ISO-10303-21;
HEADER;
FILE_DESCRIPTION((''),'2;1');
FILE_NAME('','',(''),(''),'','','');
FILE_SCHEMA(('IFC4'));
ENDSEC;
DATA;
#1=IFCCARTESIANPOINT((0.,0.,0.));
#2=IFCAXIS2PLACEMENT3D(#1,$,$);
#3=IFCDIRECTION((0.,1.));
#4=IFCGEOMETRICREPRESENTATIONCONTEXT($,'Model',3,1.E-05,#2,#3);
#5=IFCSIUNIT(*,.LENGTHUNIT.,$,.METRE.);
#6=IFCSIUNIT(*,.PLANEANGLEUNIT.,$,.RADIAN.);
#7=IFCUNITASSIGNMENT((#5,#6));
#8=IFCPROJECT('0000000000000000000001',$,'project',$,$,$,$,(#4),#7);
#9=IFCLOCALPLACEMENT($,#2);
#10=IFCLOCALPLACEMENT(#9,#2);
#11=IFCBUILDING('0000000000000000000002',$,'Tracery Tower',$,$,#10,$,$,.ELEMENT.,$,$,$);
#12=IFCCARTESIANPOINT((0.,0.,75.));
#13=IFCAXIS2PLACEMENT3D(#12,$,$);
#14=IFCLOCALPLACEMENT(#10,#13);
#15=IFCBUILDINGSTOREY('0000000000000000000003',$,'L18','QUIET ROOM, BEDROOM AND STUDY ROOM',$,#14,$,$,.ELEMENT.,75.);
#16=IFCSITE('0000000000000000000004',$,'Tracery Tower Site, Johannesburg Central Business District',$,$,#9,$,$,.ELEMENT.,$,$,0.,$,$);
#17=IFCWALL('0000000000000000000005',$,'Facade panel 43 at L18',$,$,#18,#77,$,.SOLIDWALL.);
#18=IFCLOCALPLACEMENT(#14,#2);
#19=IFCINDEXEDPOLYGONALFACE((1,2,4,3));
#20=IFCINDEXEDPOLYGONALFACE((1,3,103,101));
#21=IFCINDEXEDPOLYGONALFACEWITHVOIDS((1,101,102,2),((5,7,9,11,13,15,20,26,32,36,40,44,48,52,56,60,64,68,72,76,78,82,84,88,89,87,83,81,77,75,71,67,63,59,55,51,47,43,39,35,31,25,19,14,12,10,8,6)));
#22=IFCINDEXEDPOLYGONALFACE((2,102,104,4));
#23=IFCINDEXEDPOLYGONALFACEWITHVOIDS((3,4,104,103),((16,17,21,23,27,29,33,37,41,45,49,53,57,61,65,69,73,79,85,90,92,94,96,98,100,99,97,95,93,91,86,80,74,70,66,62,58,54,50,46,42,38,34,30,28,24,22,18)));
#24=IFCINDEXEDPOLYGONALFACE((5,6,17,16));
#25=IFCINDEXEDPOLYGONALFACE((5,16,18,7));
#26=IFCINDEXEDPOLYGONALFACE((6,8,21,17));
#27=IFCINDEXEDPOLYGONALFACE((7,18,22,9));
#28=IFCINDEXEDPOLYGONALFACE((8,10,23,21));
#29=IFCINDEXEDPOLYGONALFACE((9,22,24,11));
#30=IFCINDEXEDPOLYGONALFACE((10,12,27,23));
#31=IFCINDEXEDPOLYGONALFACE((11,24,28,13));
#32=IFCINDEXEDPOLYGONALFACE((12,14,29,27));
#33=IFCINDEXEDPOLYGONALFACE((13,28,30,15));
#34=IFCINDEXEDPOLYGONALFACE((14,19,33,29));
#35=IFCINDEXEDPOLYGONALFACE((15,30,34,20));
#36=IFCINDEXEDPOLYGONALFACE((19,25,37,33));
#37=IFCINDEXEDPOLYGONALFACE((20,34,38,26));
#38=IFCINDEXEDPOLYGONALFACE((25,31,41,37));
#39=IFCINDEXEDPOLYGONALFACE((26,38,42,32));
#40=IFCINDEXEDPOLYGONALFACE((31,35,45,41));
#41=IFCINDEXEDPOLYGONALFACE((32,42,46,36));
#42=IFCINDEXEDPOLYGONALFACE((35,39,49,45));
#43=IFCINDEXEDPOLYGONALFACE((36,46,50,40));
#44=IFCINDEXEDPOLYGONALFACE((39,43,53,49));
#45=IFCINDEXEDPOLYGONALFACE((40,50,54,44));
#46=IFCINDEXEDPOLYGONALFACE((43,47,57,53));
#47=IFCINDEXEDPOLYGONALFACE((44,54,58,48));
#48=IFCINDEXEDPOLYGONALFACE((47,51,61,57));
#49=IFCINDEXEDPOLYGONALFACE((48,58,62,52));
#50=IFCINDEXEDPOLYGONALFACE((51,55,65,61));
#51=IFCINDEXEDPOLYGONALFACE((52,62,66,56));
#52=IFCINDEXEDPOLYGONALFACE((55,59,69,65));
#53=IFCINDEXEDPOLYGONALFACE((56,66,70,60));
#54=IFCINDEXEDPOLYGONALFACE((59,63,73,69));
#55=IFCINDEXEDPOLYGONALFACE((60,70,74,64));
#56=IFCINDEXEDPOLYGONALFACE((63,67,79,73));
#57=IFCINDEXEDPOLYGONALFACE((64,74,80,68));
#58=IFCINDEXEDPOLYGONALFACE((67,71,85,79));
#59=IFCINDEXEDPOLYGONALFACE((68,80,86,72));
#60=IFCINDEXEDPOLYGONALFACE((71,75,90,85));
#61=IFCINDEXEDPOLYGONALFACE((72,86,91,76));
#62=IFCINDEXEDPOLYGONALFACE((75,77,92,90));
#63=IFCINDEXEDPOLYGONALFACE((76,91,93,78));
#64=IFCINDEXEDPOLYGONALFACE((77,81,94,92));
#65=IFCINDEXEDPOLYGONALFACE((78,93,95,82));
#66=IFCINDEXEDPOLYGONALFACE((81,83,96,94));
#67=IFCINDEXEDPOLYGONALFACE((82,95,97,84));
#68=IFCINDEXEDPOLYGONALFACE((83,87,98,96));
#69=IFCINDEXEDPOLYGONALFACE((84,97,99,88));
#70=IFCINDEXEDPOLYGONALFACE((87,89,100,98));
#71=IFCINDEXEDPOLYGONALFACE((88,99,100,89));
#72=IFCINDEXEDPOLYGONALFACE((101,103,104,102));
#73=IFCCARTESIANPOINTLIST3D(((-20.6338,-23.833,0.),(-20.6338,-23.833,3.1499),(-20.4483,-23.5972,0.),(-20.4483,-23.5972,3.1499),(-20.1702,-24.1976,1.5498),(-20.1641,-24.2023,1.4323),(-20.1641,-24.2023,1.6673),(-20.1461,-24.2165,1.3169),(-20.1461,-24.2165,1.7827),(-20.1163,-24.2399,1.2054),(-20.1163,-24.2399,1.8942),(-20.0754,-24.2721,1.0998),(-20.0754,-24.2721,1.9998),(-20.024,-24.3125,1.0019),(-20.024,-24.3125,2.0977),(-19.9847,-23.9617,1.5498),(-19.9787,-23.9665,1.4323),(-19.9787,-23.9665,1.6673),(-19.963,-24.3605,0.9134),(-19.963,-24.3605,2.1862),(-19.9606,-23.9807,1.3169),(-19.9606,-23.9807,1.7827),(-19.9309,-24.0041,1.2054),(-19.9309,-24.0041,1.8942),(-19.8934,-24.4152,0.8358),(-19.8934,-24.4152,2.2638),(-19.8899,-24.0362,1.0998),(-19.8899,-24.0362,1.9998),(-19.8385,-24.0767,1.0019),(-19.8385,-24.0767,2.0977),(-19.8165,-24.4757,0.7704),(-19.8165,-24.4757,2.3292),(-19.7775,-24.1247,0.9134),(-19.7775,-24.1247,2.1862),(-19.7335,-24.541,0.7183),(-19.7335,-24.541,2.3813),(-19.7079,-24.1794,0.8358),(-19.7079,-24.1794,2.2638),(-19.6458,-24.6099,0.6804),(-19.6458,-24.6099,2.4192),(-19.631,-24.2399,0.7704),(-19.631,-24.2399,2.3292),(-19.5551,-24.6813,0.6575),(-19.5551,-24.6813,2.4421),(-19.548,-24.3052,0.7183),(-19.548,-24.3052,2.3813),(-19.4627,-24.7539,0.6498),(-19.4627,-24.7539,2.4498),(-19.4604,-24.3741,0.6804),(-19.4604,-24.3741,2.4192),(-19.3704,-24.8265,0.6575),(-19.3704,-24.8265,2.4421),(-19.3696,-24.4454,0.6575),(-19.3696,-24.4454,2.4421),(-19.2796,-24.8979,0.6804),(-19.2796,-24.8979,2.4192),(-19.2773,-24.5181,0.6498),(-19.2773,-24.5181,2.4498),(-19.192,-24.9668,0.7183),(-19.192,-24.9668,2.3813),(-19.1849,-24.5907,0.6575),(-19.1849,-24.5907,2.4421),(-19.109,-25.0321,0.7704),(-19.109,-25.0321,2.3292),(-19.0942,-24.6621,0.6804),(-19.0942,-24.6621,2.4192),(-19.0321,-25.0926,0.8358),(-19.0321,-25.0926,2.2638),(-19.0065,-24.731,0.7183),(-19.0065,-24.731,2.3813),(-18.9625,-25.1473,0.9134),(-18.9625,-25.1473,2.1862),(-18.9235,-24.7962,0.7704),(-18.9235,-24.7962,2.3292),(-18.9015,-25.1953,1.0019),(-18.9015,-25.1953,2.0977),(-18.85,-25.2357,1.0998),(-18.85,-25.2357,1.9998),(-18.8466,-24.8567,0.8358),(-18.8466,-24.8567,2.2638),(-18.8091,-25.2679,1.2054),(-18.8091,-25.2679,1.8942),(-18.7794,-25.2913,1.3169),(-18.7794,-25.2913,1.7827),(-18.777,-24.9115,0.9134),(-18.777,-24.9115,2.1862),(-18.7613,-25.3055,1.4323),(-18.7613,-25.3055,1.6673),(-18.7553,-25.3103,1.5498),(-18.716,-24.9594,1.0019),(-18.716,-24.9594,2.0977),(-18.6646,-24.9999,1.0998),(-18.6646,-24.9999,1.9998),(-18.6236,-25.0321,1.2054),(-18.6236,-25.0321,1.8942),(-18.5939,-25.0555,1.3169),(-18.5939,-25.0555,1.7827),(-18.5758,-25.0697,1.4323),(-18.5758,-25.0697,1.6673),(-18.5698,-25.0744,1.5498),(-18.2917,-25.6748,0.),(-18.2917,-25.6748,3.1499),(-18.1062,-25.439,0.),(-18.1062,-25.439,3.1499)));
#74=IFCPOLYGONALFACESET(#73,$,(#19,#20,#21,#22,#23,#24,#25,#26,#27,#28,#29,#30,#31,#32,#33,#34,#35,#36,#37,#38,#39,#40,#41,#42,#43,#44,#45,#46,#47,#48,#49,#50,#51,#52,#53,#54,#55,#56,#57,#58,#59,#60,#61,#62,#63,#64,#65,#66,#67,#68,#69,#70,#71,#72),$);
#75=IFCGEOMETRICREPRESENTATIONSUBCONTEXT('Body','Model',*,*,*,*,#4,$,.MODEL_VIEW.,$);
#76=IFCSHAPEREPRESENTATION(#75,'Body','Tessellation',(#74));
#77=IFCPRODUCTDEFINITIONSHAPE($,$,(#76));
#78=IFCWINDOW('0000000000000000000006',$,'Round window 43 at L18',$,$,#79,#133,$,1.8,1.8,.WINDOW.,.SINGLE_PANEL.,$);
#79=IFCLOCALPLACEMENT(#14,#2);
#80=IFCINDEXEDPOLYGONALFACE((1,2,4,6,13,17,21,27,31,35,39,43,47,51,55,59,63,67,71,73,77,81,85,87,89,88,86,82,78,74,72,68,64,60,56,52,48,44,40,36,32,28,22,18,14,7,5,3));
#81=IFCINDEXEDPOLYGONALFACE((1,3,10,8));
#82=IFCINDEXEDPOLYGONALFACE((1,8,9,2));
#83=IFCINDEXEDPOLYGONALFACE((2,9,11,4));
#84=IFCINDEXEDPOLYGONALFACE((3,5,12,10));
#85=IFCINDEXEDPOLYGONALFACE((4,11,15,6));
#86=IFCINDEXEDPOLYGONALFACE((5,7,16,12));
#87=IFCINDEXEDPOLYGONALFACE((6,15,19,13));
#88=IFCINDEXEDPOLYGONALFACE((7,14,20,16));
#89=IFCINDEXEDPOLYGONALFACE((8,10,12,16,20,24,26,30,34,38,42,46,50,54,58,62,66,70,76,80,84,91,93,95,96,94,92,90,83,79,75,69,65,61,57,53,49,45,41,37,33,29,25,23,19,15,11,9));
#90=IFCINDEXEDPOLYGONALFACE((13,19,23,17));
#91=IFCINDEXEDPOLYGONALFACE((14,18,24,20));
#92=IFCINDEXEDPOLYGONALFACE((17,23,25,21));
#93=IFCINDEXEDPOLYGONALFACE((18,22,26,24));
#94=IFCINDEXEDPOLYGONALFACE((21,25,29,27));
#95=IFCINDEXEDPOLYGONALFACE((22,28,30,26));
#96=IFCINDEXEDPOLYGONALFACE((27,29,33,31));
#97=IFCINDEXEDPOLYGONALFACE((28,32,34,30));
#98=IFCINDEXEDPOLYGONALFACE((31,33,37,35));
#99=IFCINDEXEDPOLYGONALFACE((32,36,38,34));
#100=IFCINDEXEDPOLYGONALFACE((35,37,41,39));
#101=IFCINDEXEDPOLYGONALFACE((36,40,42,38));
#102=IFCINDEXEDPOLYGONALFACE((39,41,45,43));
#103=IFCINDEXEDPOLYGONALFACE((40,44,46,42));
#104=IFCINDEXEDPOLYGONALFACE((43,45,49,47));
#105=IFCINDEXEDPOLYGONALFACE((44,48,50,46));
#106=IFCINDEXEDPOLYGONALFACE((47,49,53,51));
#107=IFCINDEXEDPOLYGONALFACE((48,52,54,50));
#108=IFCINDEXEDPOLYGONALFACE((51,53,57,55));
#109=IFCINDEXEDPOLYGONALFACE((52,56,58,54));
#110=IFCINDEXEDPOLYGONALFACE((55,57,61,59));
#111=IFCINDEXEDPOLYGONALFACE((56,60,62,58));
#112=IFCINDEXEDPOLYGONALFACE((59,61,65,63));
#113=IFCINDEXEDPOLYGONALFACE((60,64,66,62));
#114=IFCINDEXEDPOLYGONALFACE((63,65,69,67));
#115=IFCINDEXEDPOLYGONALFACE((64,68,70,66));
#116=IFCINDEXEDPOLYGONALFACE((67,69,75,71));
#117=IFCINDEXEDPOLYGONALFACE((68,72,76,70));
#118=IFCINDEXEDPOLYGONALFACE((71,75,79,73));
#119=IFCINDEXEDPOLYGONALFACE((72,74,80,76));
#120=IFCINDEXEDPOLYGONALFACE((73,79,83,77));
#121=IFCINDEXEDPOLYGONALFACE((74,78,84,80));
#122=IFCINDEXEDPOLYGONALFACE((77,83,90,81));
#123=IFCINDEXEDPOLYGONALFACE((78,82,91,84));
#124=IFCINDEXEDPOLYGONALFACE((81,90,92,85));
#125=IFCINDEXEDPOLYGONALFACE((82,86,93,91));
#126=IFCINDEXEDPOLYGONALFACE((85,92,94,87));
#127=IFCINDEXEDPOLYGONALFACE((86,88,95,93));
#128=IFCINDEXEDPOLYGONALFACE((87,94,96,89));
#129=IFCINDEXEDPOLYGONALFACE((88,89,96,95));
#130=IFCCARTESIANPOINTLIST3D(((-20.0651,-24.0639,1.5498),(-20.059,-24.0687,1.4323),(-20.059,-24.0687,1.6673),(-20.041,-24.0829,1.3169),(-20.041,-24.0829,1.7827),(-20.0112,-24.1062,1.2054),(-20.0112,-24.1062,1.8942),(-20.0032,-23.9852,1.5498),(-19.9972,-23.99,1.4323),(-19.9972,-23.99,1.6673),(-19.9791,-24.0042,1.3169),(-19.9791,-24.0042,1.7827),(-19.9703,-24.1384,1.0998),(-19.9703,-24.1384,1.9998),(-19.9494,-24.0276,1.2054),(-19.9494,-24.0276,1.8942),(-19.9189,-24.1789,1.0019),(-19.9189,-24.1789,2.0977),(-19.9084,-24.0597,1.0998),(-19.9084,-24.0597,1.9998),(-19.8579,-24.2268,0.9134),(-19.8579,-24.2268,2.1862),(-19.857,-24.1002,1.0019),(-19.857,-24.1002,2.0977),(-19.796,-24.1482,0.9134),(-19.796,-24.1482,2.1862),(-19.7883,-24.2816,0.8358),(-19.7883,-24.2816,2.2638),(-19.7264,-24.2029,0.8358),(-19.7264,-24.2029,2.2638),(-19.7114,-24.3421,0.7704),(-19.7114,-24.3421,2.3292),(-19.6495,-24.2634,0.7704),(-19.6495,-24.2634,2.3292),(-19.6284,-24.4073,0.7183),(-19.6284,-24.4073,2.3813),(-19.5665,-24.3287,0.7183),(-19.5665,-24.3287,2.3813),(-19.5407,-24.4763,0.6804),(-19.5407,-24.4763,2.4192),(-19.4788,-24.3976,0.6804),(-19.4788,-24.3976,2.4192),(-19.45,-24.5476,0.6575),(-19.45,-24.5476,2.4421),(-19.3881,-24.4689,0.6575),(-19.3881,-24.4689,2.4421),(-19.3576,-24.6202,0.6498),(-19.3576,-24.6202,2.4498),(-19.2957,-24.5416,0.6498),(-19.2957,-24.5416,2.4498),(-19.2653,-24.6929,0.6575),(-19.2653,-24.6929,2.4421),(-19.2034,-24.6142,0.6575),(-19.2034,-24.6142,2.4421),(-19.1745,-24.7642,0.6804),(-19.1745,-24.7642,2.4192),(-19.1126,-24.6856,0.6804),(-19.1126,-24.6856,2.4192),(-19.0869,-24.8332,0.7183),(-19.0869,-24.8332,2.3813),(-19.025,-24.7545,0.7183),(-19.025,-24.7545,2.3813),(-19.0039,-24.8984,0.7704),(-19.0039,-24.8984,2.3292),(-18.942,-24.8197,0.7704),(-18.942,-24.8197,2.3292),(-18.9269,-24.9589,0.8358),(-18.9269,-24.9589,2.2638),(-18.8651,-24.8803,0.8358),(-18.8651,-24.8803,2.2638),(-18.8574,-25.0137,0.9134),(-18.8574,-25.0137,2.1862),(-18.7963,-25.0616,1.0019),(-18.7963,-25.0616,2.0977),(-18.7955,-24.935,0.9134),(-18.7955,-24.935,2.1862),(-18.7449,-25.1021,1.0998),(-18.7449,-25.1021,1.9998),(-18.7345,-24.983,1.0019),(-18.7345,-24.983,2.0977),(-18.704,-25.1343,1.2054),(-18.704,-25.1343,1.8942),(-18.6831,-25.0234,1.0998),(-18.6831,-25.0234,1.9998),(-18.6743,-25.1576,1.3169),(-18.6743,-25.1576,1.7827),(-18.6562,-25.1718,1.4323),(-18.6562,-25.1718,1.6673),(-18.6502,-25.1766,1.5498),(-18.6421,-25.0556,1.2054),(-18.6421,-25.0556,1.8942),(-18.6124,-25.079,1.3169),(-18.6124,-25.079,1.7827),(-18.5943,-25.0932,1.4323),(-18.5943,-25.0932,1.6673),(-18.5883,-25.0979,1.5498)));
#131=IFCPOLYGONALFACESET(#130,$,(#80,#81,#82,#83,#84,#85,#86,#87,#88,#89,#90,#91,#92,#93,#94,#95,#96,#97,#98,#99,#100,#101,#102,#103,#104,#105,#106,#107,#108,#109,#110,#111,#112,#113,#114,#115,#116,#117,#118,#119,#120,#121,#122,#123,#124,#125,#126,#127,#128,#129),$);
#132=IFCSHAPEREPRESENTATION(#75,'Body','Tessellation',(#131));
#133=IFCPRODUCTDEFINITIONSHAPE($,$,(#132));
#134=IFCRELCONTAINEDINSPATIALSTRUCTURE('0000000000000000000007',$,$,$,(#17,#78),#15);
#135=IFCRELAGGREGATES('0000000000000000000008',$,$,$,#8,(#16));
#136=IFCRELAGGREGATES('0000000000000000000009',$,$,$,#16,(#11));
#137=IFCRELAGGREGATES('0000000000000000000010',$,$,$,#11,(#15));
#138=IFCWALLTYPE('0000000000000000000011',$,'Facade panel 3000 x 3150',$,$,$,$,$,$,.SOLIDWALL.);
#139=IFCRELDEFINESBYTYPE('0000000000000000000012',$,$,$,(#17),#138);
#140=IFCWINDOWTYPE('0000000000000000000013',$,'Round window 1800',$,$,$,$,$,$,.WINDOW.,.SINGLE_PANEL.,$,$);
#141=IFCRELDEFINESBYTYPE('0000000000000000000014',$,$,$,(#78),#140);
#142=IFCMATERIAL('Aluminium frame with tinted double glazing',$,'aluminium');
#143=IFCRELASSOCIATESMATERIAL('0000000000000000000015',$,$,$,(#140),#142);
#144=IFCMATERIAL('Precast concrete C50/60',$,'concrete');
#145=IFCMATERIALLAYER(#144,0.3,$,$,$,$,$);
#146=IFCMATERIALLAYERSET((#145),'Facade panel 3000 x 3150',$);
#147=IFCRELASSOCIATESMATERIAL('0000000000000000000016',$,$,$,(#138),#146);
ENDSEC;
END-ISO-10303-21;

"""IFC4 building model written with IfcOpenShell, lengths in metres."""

from ifc_helpers import new_model, si_unit, direction, frame, frame_2d, origin, origin_2d, place, context, subcontext, project, spatial, rectangle, circle, extrude, material, layer, layer_set, type_object, element, fill, save


model = new_model("IFC4")

# Units and contexts
model_context = context("Model", 3, precision=1e-05, world=origin(), true_north=direction((0.0, 1.0)))
body_context = subcontext(model_context, "Body", "Model", "MODEL_VIEW")
ifc_project = project(units=[si_unit("LENGTHUNIT", "METRE"), si_unit("PLANEANGLEUNIT", "RADIAN")], contexts=[model_context])

# Site, building, storey
site_placement = place(None, origin())
site = spatial("IfcSite", under=ifc_project, at=site_placement, Name="Tracery Tower Site, Johannesburg Central Business District", CompositionType="ELEMENT", RefElevation=0.0)
building_placement = place(site_placement, origin())
building = spatial("IfcBuilding", under=site, at=building_placement, Name="Tracery Tower", CompositionType="ELEMENT")
storey_placement = place(building_placement, frame((0.0, 0.0, 75.0)))
storey = spatial("IfcBuildingStorey", under=building, at=storey_placement, Name="L18", Description="QUIET ROOM, BEDROOM AND STUDY ROOM", CompositionType="ELEMENT", Elevation=75.0)

# Wall, opening, window
ifc_material_1 = material(Name="Aluminium frame with tinted double glazing", Category="aluminium")
window_type = type_object("IfcWindowType", Name="Round window 1800", PartitioningType="SINGLE_PANEL", PredefinedType="WINDOW", material=ifc_material_1)
ifc_material_2 = material(Name="Precast concrete C50/60", Category="concrete")
ifc_layer_1 = layer(ifc_material_2, 0.3)
ifc_layer_set_1 = layer_set([ifc_layer_1], Name="Facade panel 3000 x 3150")
wall_type_1 = type_object("IfcWallType", Name="Facade panel 3000 x 3150", PredefinedType="SOLIDWALL", material=ifc_layer_set_1)
wall_1_placement = place(storey_placement, frame((-20.541, -23.7151, 0.0), z_axis=(0.0, 0.0, 1.0), x_axis=(0.786054, -0.618158, 0.0)))
wall_1 = element("IfcWall", 1, at=wall_1_placement, inside=storey, type_object=wall_type_1, Name="Facade panel 43 at L18", PredefinedType="SOLIDWALL", context=body_context, shape_type="SweptSolid", body=[
    extrude(rectangle(XDim=2.9795, YDim=0.3, at=frame_2d((1.4897, 0.0))), origin(), (0.0, 0.0, 1.0), 3.1499),
])
opening_1_placement = place(wall_1_placement, frame((1.4897, 0.0, 1.5498)))
opening_1 = element("IfcOpeningElement", 2, at=opening_1_placement, cuts=wall_1, PredefinedType="OPENING", context=body_context, shape_type="SweptSolid", body=[
    extrude(circle(Radius=0.9, at=origin_2d()), frame((0.0, 0.1599, 0.0), z_axis=(0.0, -1.0, 0.0), x_axis=(1.0, 0.0, 0.0)), (0.0, 0.0, 1.0), 0.3201),
])
window_1_placement = place(opening_1_placement, origin())
window_1 = element("IfcWindow", 3, at=window_1_placement, inside=storey, type_object=window_type, Name="Round window 43 at L18", OverallHeight=1.8, OverallWidth=1.8, PartitioningType="SINGLE_PANEL", PredefinedType="WINDOW", context=body_context, shape_type="SweptSolid", body=[
    extrude(circle(Radius=0.9, at=origin_2d()), frame((0.0, 0.1201, 0.0), z_axis=(0.0, -1.0, 0.0), x_axis=(1.0, 0.0, 0.0)), (0.0, 0.0, 1.0), 0.1001),
])
fill(opening_1, window_1)

save(model, "model.ifc")
